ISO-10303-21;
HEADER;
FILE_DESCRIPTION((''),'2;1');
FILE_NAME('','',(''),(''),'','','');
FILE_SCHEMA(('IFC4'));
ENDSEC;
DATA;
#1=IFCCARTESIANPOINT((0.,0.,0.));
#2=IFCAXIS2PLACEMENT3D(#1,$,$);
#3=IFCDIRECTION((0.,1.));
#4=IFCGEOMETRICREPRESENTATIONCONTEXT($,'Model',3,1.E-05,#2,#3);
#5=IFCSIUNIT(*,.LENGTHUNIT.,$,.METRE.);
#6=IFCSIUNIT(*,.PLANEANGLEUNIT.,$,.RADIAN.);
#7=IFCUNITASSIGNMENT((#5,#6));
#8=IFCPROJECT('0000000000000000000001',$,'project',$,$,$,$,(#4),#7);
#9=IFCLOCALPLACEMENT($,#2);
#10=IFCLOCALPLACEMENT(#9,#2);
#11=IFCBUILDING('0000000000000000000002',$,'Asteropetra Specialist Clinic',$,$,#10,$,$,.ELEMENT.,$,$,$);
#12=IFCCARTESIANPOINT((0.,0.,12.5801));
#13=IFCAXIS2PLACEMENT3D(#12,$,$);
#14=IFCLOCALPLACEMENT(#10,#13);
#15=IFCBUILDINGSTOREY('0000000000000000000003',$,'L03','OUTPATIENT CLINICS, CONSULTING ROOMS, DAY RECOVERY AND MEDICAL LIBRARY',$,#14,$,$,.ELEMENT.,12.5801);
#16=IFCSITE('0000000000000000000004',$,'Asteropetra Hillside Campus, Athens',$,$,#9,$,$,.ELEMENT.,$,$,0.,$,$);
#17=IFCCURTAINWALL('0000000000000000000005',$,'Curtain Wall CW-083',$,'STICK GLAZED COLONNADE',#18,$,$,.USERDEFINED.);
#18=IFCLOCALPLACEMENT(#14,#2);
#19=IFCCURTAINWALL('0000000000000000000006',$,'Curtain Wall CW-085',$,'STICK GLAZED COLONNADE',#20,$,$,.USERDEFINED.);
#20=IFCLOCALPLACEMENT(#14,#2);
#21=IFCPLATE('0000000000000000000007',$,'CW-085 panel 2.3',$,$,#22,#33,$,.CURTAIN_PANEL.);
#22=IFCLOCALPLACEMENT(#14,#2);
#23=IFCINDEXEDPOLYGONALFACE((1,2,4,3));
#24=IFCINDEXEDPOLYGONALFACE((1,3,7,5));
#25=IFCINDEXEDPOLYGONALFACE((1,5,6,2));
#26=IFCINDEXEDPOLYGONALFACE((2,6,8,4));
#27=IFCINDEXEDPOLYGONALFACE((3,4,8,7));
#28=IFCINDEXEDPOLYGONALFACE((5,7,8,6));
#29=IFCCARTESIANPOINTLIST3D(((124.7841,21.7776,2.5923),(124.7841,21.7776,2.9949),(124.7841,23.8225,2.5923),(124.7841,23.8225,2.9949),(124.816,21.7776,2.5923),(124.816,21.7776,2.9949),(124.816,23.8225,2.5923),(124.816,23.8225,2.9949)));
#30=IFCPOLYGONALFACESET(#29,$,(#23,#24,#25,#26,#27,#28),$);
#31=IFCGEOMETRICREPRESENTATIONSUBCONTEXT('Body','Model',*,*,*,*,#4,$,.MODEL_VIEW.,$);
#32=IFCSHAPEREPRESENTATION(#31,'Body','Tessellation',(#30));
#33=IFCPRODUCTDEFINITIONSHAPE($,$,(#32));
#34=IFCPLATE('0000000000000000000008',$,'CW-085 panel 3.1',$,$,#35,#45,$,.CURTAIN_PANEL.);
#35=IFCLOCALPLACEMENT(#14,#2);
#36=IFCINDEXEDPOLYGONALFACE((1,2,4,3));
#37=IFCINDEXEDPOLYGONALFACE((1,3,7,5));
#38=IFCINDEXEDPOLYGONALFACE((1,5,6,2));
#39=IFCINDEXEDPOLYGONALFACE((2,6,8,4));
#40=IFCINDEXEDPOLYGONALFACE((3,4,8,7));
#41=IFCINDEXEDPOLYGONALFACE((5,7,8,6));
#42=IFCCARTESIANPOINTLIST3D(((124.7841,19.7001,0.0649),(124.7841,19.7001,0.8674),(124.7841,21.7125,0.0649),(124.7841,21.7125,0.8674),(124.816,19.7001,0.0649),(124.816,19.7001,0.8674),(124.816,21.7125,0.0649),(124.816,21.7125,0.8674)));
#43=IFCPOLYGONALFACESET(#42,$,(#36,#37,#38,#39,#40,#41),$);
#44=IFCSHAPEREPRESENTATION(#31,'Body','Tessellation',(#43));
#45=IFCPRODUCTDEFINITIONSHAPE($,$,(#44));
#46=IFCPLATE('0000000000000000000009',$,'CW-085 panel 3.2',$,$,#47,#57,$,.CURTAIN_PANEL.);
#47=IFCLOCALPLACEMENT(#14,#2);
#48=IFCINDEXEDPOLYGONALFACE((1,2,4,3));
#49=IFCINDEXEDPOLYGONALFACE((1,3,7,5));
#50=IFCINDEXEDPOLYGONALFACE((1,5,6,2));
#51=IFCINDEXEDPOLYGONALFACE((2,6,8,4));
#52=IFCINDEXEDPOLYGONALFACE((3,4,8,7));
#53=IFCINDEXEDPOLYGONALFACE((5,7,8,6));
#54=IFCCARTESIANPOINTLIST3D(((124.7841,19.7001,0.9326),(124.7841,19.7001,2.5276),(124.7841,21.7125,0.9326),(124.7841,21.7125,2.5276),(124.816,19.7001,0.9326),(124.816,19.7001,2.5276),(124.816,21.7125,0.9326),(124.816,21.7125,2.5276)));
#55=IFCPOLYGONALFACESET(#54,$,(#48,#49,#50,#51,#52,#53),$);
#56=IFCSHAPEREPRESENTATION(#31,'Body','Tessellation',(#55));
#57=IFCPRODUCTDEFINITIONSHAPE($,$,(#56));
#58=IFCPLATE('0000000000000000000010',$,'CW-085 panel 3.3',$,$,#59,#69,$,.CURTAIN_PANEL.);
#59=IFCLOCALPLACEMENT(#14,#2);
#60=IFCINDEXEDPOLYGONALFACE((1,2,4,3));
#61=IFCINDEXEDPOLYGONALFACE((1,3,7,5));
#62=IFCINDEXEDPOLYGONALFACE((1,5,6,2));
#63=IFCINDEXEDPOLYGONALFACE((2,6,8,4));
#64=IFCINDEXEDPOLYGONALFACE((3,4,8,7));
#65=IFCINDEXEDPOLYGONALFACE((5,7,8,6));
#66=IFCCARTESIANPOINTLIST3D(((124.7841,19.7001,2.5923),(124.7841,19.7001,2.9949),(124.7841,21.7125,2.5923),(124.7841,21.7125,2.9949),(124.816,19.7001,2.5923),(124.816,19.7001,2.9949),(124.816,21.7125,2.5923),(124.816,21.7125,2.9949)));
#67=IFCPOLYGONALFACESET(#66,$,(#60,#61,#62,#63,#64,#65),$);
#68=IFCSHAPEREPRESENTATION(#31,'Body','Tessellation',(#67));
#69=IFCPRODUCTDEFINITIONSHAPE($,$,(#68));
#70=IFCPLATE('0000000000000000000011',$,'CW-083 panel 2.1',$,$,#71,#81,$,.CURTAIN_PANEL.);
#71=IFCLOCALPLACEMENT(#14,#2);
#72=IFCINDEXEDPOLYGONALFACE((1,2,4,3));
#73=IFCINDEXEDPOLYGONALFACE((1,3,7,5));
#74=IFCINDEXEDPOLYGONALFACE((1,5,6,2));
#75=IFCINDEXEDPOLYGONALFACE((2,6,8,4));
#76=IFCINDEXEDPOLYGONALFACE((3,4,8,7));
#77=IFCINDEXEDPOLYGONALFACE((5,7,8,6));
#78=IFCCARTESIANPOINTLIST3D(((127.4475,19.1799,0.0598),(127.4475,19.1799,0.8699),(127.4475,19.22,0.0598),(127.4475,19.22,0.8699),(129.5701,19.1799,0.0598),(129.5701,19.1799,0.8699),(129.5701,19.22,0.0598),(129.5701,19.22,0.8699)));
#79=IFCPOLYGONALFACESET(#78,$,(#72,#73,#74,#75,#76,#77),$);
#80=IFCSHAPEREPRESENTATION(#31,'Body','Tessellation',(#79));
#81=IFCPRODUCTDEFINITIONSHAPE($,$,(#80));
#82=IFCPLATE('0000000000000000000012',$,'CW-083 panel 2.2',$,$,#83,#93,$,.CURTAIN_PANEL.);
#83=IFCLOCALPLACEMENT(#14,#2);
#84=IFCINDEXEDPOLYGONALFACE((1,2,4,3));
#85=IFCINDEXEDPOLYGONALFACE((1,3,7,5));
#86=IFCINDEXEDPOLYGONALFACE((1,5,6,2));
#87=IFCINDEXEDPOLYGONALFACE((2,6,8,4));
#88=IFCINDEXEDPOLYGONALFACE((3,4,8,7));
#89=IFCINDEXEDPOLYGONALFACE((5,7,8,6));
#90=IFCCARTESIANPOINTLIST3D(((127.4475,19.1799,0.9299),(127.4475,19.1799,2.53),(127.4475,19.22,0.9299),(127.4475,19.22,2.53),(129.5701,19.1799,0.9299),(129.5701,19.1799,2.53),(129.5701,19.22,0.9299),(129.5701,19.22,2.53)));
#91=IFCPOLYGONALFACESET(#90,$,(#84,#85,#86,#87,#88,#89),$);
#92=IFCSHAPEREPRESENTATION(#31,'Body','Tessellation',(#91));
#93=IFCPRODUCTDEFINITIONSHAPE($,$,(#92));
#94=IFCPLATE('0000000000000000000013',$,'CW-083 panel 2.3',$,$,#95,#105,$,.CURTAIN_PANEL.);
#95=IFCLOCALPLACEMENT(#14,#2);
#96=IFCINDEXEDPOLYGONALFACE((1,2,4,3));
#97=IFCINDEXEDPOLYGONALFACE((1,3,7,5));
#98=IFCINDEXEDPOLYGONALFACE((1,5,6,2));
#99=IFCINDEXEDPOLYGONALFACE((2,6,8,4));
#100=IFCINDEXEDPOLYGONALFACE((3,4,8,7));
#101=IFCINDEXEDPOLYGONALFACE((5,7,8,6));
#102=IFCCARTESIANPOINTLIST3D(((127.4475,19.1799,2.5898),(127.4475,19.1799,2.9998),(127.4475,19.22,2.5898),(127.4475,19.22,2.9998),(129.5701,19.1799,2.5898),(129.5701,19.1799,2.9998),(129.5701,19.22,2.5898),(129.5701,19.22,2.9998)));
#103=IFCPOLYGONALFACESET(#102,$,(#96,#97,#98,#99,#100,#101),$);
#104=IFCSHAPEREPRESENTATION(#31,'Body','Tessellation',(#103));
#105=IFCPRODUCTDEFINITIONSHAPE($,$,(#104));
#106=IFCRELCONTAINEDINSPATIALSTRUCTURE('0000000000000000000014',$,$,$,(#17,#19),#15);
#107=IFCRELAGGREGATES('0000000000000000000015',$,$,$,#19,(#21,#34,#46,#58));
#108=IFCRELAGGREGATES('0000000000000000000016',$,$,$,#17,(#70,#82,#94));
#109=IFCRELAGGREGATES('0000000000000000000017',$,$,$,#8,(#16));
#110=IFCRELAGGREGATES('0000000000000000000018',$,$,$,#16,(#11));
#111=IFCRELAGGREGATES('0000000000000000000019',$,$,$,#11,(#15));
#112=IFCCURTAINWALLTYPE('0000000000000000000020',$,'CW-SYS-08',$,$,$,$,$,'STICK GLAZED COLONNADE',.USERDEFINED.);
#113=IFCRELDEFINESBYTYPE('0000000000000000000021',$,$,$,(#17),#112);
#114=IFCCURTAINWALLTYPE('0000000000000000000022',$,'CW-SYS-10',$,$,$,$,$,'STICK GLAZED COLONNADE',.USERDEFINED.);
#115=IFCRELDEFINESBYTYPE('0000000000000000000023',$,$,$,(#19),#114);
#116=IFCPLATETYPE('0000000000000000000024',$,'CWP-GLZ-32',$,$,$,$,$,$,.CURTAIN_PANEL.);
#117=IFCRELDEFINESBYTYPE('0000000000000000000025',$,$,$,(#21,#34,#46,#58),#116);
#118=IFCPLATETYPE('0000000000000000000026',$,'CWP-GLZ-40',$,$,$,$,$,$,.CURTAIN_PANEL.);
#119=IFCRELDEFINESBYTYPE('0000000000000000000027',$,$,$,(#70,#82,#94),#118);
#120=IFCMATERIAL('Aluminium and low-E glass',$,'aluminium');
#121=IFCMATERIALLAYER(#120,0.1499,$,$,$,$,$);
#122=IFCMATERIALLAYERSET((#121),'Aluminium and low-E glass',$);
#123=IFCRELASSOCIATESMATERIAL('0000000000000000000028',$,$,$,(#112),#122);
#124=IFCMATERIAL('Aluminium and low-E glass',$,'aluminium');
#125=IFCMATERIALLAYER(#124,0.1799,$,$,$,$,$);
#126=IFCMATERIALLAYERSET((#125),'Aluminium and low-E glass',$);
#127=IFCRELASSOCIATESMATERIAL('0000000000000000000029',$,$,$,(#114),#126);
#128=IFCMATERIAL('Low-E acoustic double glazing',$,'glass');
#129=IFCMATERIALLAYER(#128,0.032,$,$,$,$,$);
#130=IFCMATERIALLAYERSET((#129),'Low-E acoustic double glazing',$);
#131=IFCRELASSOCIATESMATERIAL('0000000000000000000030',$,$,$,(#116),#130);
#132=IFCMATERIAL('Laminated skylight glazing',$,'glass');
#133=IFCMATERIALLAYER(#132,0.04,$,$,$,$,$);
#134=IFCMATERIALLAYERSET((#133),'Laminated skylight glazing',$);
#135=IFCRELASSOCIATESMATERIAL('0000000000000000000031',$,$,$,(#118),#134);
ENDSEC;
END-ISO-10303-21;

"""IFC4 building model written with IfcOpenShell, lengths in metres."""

from ifc_helpers import new_model, si_unit, direction, frame, origin, origin_2d, place, context, subcontext, project, spatial, rectangle, extrude, material, layer, layer_set, type_object, element, aggregate, save


model = new_model("IFC4")

# Units and contexts
model_context = context("Model", 3, precision=1e-05, world=origin(), true_north=direction((0.0, 1.0)))
body_context = subcontext(model_context, "Body", "Model", "MODEL_VIEW")
ifc_project = project(units=[si_unit("LENGTHUNIT", "METRE"), si_unit("PLANEANGLEUNIT", "RADIAN")], contexts=[model_context])

# Site, building, storey
site_placement = place(None, origin())
site = spatial("IfcSite", under=ifc_project, at=site_placement, Name="Asteropetra Hillside Campus, Athens", CompositionType="ELEMENT", RefElevation=0.0)
building_placement = place(site_placement, origin())
building = spatial("IfcBuilding", under=site, at=building_placement, Name="Asteropetra Specialist Clinic", CompositionType="ELEMENT")
storey_placement = place(building_placement, frame((0.0, 0.0, 12.5801)))
storey = spatial("IfcBuildingStorey", under=building, at=storey_placement, Name="L03", Description="OUTPATIENT CLINICS, CONSULTING ROOMS, DAY RECOVERY AND MEDICAL LIBRARY", CompositionType="ELEMENT", Elevation=12.5801)

# Curtain wall
ifc_material_1 = material(Name="Aluminium and low-E glass", Category="aluminium")
ifc_layer_1 = layer(ifc_material_1, 0.1499)
ifc_layer_set_1 = layer_set([ifc_layer_1], Name="Aluminium and low-E glass")
curtain_wall_type_1 = type_object("IfcCurtainWallType", Name="CW-SYS-08", ElementType="STICK GLAZED COLONNADE", PredefinedType="USERDEFINED", material=ifc_layer_set_1)
curtain_wall_1_placement = place(storey_placement, origin())
curtain_wall_1 = element("IfcCurtainWall", 1, at=curtain_wall_1_placement, inside=storey, type_object=curtain_wall_type_1, Name="Curtain Wall CW-083", ObjectType="STICK GLAZED COLONNADE", PredefinedType="USERDEFINED")

# Curtain wall
ifc_material_2 = material(Name="Aluminium and low-E glass", Category="aluminium")
ifc_layer_2 = layer(ifc_material_2, 0.1799)
ifc_layer_set_2 = layer_set([ifc_layer_2], Name="Aluminium and low-E glass")
curtain_wall_type_2 = type_object("IfcCurtainWallType", Name="CW-SYS-10", ElementType="STICK GLAZED COLONNADE", PredefinedType="USERDEFINED", material=ifc_layer_set_2)
curtain_wall_2_placement = place(storey_placement, origin())
curtain_wall_2 = element("IfcCurtainWall", 2, at=curtain_wall_2_placement, inside=storey, type_object=curtain_wall_type_2, Name="Curtain Wall CW-085", ObjectType="STICK GLAZED COLONNADE", PredefinedType="USERDEFINED")

# Plates
ifc_material_3 = material(Name="Low-E acoustic double glazing", Category="glass")
ifc_layer_3 = layer(ifc_material_3, 0.032)
ifc_layer_set_3 = layer_set([ifc_layer_3], Name="Low-E acoustic double glazing")
plate_type_1 = type_object("IfcPlateType", Name="CWP-GLZ-32", PredefinedType="CURTAIN_PANEL", material=ifc_layer_set_3)
plate_1_placement = place(storey_placement, frame((124.8, 22.8, 2.5923), z_axis=(0.0, 0.0, 1.0), x_axis=(0.0, -1.0, 0.0)))
plate_1 = element("IfcPlate", 3, at=plate_1_placement, type_object=plate_type_1, Name="CW-085 panel 2.3", PredefinedType="CURTAIN_PANEL", context=body_context, shape_type="SweptSolid", body=[
    extrude(rectangle(XDim=2.0449, YDim=0.032, at=origin_2d()), origin(), (0.0, 0.0, 1.0), 0.4026),
])
plate_2_placement = place(storey_placement, frame((124.8, 20.7063, 0.0649), z_axis=(0.0, 0.0, 1.0), x_axis=(0.0, -1.0, 0.0)))
plate_2 = element("IfcPlate", 4, at=plate_2_placement, type_object=plate_type_1, Name="CW-085 panel 3.1", PredefinedType="CURTAIN_PANEL", context=body_context, shape_type="SweptSolid", body=[
    extrude(rectangle(XDim=2.0125, YDim=0.032, at=origin_2d()), origin(), (0.0, 0.0, 1.0), 0.8025),
])
plate_3_placement = place(storey_placement, frame((124.8, 20.7063, 0.9326), z_axis=(0.0, 0.0, 1.0), x_axis=(0.0, -1.0, 0.0)))
plate_3 = element("IfcPlate", 5, at=plate_3_placement, type_object=plate_type_1, Name="CW-085 panel 3.2", PredefinedType="CURTAIN_PANEL", context=body_context, shape_type="SweptSolid", body=[
    extrude(rectangle(XDim=2.0125, YDim=0.032, at=origin_2d()), origin(), (0.0, 0.0, 1.0), 1.595),
])
plate_4_placement = place(storey_placement, frame((124.8, 20.7063, 2.5923), z_axis=(0.0, 0.0, 1.0), x_axis=(0.0, -1.0, 0.0)))
plate_4 = element("IfcPlate", 6, at=plate_4_placement, type_object=plate_type_1, Name="CW-085 panel 3.3", PredefinedType="CURTAIN_PANEL", context=body_context, shape_type="SweptSolid", body=[
    extrude(rectangle(XDim=2.0125, YDim=0.032, at=origin_2d()), origin(), (0.0, 0.0, 1.0), 0.4026),
])
aggregate(curtain_wall_2, [plate_1, plate_2, plate_3, plate_4])
ifc_material_4 = material(Name="Laminated skylight glazing", Category="glass")
ifc_layer_4 = layer(ifc_material_4, 0.04)
ifc_layer_set_4 = layer_set([ifc_layer_4], Name="Laminated skylight glazing")
plate_type_2 = type_object("IfcPlateType", Name="CWP-GLZ-40", PredefinedType="CURTAIN_PANEL", material=ifc_layer_set_4)
plate_5_placement = place(storey_placement, frame((128.5088, 19.2, 0.0598), z_axis=(0.0, 0.0, 1.0), x_axis=(1.0, 0.0, 0.0)))
plate_5 = element("IfcPlate", 7, at=plate_5_placement, type_object=plate_type_2, Name="CW-083 panel 2.1", PredefinedType="CURTAIN_PANEL", context=body_context, shape_type="SweptSolid", body=[
    extrude(rectangle(XDim=2.1226, YDim=0.04, at=origin_2d()), origin(), (0.0, 0.0, 1.0), 0.8101),
])
plate_6_placement = place(storey_placement, frame((128.5088, 19.2, 0.9299), z_axis=(0.0, 0.0, 1.0), x_axis=(1.0, 0.0, 0.0)))
plate_6 = element("IfcPlate", 8, at=plate_6_placement, type_object=plate_type_2, Name="CW-083 panel 2.2", PredefinedType="CURTAIN_PANEL", context=body_context, shape_type="SweptSolid", body=[
    extrude(rectangle(XDim=2.1226, YDim=0.04, at=origin_2d()), origin(), (0.0, 0.0, 1.0), 1.6001),
])
plate_7_placement = place(storey_placement, frame((128.5088, 19.2, 2.5898), z_axis=(0.0, 0.0, 1.0), x_axis=(1.0, 0.0, 0.0)))
plate_7 = element("IfcPlate", 9, at=plate_7_placement, type_object=plate_type_2, Name="CW-083 panel 2.3", PredefinedType="CURTAIN_PANEL", context=body_context, shape_type="SweptSolid", body=[
    extrude(rectangle(XDim=2.1226, YDim=0.04, at=origin_2d()), origin(), (0.0, 0.0, 1.0), 0.4099),
])
aggregate(curtain_wall_1, [plate_5, plate_6, plate_7])

save(model, "model.ifc")
